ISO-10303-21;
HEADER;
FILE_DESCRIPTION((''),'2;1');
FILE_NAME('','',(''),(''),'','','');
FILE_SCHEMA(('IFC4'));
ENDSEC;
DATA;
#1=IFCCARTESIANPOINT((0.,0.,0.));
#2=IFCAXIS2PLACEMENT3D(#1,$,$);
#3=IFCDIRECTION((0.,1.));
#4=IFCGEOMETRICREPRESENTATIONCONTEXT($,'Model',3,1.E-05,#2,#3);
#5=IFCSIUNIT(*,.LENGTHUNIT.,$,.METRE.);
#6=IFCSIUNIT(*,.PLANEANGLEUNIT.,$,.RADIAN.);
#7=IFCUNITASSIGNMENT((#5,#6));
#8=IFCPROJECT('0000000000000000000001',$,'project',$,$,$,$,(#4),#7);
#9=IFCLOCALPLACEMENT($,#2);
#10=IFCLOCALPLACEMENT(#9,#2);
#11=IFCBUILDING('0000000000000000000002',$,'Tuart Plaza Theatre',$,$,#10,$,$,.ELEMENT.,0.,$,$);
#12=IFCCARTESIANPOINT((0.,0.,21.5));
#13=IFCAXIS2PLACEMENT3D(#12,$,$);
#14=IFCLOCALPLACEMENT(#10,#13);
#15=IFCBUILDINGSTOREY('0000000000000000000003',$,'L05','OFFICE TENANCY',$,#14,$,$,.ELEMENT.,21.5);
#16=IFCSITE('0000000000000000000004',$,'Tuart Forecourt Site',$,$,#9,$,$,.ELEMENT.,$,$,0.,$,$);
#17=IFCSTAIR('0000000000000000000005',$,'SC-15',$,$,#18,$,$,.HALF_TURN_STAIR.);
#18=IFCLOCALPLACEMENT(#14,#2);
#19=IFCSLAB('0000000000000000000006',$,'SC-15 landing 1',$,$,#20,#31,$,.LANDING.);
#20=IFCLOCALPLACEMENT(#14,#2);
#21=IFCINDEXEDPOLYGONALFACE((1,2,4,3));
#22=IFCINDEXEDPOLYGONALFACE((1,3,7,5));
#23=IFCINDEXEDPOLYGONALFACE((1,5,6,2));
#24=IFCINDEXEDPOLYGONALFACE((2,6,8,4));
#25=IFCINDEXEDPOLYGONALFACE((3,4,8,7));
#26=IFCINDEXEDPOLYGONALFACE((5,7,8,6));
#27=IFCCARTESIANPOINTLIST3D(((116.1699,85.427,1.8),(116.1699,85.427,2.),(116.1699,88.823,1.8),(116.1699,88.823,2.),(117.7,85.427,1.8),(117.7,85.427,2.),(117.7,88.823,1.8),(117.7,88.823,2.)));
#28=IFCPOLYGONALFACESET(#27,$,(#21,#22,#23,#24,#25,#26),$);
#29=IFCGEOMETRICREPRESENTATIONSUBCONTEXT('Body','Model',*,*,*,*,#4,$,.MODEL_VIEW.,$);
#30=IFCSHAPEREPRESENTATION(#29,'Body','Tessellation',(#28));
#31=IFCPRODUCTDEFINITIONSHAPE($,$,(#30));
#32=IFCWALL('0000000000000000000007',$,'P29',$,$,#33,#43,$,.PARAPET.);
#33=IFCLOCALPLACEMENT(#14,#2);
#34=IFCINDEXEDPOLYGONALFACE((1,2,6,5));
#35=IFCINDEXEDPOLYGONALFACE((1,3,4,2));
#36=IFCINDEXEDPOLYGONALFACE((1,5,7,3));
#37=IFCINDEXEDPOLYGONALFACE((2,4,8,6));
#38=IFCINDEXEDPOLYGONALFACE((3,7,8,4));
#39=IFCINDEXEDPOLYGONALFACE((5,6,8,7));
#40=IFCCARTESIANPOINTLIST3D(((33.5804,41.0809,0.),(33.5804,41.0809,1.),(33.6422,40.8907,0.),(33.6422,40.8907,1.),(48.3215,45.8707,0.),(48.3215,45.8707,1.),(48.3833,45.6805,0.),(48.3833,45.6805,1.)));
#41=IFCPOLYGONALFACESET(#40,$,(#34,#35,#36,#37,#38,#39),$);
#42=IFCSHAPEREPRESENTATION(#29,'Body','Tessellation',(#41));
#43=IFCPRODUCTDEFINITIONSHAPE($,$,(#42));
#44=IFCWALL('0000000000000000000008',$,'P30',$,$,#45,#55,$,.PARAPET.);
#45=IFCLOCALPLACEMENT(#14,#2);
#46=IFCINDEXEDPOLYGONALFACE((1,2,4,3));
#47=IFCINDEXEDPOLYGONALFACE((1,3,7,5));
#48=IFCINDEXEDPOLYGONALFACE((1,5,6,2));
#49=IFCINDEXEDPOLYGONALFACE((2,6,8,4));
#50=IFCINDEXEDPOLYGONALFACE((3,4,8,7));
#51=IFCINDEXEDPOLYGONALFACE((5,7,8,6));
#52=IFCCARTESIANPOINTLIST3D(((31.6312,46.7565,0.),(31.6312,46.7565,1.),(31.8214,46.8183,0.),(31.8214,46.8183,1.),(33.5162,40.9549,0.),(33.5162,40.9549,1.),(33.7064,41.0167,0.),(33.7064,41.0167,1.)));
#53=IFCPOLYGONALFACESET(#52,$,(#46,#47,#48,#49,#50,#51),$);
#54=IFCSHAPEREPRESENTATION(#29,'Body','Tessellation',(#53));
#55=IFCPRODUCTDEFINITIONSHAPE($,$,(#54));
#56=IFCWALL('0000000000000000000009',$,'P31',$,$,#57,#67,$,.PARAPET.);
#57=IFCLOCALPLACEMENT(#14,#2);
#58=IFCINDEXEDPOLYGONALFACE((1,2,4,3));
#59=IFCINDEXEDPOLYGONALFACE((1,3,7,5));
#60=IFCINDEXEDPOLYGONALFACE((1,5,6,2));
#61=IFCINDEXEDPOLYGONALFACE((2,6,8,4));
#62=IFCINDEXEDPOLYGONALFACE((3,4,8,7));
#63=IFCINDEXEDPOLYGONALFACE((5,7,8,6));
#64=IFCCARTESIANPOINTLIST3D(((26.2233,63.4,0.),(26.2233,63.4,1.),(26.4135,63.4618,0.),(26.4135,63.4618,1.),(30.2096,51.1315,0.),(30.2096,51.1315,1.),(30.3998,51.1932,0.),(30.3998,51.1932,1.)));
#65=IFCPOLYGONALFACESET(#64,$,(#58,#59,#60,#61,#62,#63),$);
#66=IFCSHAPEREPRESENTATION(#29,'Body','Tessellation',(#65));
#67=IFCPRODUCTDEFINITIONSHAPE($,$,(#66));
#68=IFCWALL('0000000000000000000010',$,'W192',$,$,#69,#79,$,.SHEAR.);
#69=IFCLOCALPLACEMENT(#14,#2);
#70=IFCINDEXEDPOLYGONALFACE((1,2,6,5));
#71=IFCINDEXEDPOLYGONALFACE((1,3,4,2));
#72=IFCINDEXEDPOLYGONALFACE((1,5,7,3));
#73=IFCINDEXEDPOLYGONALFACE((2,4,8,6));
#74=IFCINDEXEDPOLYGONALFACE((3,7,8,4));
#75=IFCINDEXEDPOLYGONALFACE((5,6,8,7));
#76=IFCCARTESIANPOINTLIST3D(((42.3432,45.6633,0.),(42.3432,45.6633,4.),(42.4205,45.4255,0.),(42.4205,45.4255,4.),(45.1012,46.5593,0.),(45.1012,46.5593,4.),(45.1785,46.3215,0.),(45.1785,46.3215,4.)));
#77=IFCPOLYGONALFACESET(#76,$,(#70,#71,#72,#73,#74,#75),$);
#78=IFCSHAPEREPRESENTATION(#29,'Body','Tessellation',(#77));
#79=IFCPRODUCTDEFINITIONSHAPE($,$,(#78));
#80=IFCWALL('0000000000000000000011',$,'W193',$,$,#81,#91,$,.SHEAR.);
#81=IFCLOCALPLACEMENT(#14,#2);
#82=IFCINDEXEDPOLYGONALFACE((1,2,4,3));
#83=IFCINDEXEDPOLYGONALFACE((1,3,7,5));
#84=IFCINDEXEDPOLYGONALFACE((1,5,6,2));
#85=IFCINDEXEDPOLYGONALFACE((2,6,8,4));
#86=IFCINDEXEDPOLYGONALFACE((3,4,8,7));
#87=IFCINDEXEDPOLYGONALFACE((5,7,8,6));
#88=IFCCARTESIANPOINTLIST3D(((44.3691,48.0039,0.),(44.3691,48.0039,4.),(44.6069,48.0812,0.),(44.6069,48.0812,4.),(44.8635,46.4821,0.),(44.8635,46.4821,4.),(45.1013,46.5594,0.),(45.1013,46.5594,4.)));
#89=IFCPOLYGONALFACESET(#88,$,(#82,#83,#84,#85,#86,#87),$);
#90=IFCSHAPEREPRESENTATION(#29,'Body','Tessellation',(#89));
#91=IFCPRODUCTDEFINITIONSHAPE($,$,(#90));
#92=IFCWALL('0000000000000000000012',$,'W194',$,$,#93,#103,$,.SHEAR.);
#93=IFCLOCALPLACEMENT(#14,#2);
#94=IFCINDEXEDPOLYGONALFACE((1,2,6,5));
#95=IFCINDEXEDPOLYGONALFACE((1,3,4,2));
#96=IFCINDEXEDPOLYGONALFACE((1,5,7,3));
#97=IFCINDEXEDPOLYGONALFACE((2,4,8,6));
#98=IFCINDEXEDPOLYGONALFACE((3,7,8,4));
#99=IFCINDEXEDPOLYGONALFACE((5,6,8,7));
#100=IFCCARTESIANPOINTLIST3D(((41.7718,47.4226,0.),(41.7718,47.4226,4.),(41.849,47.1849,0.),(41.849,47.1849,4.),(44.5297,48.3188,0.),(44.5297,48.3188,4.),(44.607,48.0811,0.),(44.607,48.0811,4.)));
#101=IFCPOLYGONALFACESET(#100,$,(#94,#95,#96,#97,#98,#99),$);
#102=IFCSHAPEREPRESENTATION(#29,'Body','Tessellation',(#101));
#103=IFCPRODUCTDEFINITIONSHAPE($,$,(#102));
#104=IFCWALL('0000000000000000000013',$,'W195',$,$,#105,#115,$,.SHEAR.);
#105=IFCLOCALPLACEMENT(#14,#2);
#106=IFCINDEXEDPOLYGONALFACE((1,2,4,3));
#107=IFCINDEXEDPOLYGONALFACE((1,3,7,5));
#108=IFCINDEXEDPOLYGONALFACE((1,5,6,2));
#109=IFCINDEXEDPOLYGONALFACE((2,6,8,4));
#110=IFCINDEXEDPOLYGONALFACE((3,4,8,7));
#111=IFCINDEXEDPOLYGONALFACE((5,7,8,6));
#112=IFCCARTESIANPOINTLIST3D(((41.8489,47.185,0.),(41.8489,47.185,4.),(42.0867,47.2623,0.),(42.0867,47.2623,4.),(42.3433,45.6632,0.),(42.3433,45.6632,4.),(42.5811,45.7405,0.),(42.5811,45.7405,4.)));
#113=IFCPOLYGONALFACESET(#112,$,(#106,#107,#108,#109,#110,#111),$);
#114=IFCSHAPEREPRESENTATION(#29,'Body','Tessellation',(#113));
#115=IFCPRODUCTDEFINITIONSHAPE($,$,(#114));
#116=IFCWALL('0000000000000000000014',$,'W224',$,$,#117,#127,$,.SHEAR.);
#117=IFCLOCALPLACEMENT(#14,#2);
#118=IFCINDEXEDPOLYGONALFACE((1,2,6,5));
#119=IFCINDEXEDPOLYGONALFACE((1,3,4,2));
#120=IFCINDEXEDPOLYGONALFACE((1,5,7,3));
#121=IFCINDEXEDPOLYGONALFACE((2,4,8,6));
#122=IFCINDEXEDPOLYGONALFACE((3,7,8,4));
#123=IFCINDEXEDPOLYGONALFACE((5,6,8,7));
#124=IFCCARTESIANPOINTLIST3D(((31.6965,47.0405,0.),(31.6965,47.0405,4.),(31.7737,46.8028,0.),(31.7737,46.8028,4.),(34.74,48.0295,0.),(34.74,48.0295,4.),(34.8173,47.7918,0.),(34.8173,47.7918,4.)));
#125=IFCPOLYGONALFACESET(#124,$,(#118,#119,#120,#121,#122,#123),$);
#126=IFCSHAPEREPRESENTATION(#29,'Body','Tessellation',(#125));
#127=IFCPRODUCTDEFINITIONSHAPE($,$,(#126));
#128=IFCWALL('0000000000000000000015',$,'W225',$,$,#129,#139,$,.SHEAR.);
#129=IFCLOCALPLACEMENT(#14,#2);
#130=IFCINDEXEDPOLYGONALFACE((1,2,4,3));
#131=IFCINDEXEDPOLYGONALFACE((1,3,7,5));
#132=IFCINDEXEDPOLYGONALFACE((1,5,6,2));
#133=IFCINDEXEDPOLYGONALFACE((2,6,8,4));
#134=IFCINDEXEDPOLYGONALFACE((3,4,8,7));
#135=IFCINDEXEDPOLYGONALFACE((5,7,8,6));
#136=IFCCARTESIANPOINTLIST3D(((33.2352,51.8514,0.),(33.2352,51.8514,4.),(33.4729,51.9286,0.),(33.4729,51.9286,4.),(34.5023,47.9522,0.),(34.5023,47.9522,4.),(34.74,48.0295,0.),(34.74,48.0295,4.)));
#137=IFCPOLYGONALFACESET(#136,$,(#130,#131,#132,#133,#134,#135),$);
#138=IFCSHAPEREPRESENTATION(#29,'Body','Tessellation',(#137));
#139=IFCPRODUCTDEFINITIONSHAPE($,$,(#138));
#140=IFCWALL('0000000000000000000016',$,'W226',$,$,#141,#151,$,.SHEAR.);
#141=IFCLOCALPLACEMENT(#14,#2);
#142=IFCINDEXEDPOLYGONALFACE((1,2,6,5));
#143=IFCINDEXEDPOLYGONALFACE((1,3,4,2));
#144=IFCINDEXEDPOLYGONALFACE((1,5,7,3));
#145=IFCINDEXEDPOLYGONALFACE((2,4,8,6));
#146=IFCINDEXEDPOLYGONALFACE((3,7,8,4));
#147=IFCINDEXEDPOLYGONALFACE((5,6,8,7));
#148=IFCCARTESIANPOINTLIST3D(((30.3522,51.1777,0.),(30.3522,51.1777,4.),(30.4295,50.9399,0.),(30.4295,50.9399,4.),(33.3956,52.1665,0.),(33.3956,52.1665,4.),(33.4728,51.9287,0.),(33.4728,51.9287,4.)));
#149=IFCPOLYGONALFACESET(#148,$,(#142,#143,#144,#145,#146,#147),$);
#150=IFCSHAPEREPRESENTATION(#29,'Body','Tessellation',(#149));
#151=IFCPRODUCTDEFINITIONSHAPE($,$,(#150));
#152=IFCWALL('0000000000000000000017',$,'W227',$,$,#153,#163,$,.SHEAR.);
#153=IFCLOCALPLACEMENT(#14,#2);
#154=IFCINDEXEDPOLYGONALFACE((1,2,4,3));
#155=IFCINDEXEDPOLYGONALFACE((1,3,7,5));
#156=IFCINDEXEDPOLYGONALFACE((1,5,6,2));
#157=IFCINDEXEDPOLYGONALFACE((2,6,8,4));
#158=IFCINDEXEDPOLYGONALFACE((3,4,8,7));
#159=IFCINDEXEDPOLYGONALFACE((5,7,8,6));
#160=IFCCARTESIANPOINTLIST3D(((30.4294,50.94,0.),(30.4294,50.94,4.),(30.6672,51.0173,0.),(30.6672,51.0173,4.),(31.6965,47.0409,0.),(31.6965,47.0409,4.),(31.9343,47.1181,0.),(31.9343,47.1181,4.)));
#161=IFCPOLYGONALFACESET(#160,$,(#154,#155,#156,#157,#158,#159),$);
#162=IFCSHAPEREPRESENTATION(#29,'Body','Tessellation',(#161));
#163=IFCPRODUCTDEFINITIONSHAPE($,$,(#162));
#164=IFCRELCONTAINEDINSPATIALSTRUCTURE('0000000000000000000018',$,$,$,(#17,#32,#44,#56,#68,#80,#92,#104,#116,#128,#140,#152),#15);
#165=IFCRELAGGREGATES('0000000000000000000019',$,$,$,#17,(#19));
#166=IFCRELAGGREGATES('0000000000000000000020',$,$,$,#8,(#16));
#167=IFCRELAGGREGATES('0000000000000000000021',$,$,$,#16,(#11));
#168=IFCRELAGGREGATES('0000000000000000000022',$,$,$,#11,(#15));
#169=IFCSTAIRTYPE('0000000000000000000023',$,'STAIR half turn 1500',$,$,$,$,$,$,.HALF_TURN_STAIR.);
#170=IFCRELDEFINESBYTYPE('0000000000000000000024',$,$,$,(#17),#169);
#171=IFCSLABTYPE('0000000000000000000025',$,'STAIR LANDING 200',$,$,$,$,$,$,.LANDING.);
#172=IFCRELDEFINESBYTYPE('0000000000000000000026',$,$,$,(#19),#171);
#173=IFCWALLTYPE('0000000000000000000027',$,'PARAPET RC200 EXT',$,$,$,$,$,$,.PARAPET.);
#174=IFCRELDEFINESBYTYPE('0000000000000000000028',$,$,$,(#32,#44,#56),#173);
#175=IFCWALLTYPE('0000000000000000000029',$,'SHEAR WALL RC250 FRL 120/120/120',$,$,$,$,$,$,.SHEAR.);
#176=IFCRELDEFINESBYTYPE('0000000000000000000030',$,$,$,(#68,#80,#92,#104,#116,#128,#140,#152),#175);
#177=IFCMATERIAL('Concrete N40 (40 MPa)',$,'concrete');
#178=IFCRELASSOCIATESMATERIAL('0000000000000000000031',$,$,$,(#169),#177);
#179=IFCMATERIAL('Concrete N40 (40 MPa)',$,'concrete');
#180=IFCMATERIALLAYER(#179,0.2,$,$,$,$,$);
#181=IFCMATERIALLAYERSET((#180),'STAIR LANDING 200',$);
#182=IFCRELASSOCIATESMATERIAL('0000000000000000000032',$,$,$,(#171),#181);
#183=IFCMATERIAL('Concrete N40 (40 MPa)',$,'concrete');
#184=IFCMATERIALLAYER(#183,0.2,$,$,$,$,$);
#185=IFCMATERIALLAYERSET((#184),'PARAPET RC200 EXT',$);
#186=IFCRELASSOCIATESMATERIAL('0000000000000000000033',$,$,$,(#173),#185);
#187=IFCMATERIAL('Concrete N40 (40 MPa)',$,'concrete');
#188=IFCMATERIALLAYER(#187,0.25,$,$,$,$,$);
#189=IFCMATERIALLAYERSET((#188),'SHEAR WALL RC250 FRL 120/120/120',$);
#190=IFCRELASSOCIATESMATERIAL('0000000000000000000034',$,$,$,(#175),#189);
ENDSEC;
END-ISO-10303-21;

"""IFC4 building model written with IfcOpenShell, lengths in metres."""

from ifc_helpers import new_model, si_unit, direction, frame, frame_2d, origin, place, context, subcontext, project, spatial, polyline, rectangle, outline, extrude, material, layer, layer_set, type_object, element, aggregate, save


model = new_model("IFC4")

# Units and contexts
model_context = context("Model", 3, precision=1e-05, world=origin(), true_north=direction((0.0, 1.0)))
body_context = subcontext(model_context, "Body", "Model", "MODEL_VIEW")
ifc_project = project(units=[si_unit("LENGTHUNIT", "METRE"), si_unit("PLANEANGLEUNIT", "RADIAN")], contexts=[model_context])

# Site, building, storey
site_placement = place(None, origin())
site = spatial("IfcSite", under=ifc_project, at=site_placement, Name="Tuart Forecourt Site", CompositionType="ELEMENT", RefElevation=0.0)
building_placement = place(site_placement, origin())
building = spatial("IfcBuilding", under=site, at=building_placement, Name="Tuart Plaza Theatre", CompositionType="ELEMENT", ElevationOfRefHeight=0.0)
storey_placement = place(building_placement, frame((0.0, 0.0, 21.5)))
storey = spatial("IfcBuildingStorey", under=building, at=storey_placement, Name="L05", Description="OFFICE TENANCY", CompositionType="ELEMENT", Elevation=21.5)

# Stair, slab
ifc_material_1 = material(Name="Concrete N40 (40 MPa)", Category="concrete")
stair_type = type_object("IfcStairType", Name="STAIR half turn 1500", PredefinedType="HALF_TURN_STAIR", material=ifc_material_1)
ifc_material_2 = material(Name="Concrete N40 (40 MPa)", Category="concrete")
ifc_layer_1 = layer(ifc_material_2, 0.2)
ifc_layer_set_1 = layer_set([ifc_layer_1], Name="STAIR LANDING 200")
slab_type_1 = type_object("IfcSlabType", Name="STAIR LANDING 200", PredefinedType="LANDING", material=ifc_layer_set_1)
stair_1_placement = place(storey_placement, origin())
stair_1 = element("IfcStair", 1, at=stair_1_placement, inside=storey, type_object=stair_type, Name="SC-15", PredefinedType="HALF_TURN_STAIR")
slab_1_placement = place(storey_placement, frame((0.0, 0.0, 1.8)))
slab_1 = element("IfcSlab", 2, at=slab_1_placement, type_object=slab_type_1, Name="SC-15 landing 1", PredefinedType="LANDING", context=body_context, shape_type="SweptSolid", body=[
    extrude(outline(polyline([(117.7, 88.823), (116.1699, 88.823), (116.1699, 85.427), (117.7, 85.427), (117.7, 88.823)])), origin(), (0.0, 0.0, 1.0), 0.2),
])
aggregate(stair_1, [slab_1])

# Walls
ifc_material_3 = material(Name="Concrete N40 (40 MPa)", Category="concrete")
ifc_layer_2 = layer(ifc_material_3, 0.2)
ifc_layer_set_2 = layer_set([ifc_layer_2], Name="PARAPET RC200 EXT")
wall_type_1 = type_object("IfcWallType", Name="PARAPET RC200 EXT", PredefinedType="PARAPET", material=ifc_layer_set_2)
wall_1_placement = place(storey_placement, frame((48.3525, 45.7756, 0.0), z_axis=(0.0, 0.0, 1.0), x_axis=(-0.951055, -0.309022, 0.0)))
element("IfcWall", 3, at=wall_1_placement, inside=storey, type_object=wall_type_1, Name="P29", PredefinedType="PARAPET", context=body_context, shape_type="SweptSolid", body=[
    extrude(rectangle(XDim=15.4998, YDim=0.2, at=frame_2d((7.75, 0.0))), origin(), (0.0, 0.0, 1.0), 1.0),
])
wall_2_placement = place(storey_placement, frame((33.6113, 40.9858, 0.0), z_axis=(0.0, 0.0, 1.0), x_axis=(-0.309015, 0.951057, 0.0)))
element("IfcWall", 4, at=wall_2_placement, inside=storey, type_object=wall_type_1, Name="P30", PredefinedType="PARAPET", context=body_context, shape_type="SweptSolid", body=[
    extrude(rectangle(XDim=6.1001, YDim=0.2, at=frame_2d((3.05, 0.0))), origin(), (0.0, 0.0, 1.0), 1.0),
])
wall_3_placement = place(storey_placement, frame((30.3047, 51.1624, 0.0), z_axis=(0.0, 0.0, 1.0), x_axis=(-0.309019, 0.951056, 0.0)))
element("IfcWall", 5, at=wall_3_placement, inside=storey, type_object=wall_type_1, Name="P31", PredefinedType="PARAPET", context=body_context, shape_type="SweptSolid", body=[
    extrude(rectangle(XDim=12.8999, YDim=0.2, at=frame_2d((6.45, 0.0))), origin(), (0.0, 0.0, 1.0), 1.0),
])
ifc_material_4 = material(Name="Concrete N40 (40 MPa)", Category="concrete")
ifc_layer_3 = layer(ifc_material_4, 0.25)
ifc_layer_set_3 = layer_set([ifc_layer_3], Name="SHEAR WALL RC250 FRL 120/120/120")
wall_type_2 = type_object("IfcWallType", Name="SHEAR WALL RC250 FRL 120/120/120", PredefinedType="SHEAR", material=ifc_layer_set_3)
wall_4_placement = place(storey_placement, frame((42.3818, 45.5444, 0.0), z_axis=(0.0, 0.0, 1.0), x_axis=(0.951072, 0.30897, 0.0)))
element("IfcWall", 6, at=wall_4_placement, inside=storey, type_object=wall_type_2, Name="W192", PredefinedType="SHEAR", context=body_context, shape_type="SweptSolid", body=[
    extrude(rectangle(XDim=2.8999, YDim=0.25, at=frame_2d((1.45, 0.0))), origin(), (0.0, 0.0, 1.0), 4.0),
])
wall_5_placement = place(storey_placement, frame((44.9824, 46.5208, 0.0), z_axis=(0.0, 0.0, 1.0), x_axis=(-0.308986, 0.951067, 0.0)))
element("IfcWall", 7, at=wall_5_placement, inside=storey, type_object=wall_type_2, Name="W193", PredefinedType="SHEAR", context=body_context, shape_type="SweptSolid", body=[
    extrude(rectangle(XDim=1.6001, YDim=0.25, at=frame_2d((0.8, 0.0))), origin(), (0.0, 0.0, 1.0), 4.0),
])
wall_6_placement = place(storey_placement, frame((44.5684, 48.2, 0.0), z_axis=(0.0, 0.0, 1.0), x_axis=(-0.951047, -0.309046, 0.0)))
element("IfcWall", 8, at=wall_6_placement, inside=storey, type_object=wall_type_2, Name="W194", PredefinedType="SHEAR", context=body_context, shape_type="SweptSolid", body=[
    extrude(rectangle(XDim=2.8999, YDim=0.25, at=frame_2d((1.45, 0.0))), origin(), (0.0, 0.0, 1.0), 4.0),
])
wall_7_placement = place(storey_placement, frame((41.9678, 47.2236, 0.0), z_axis=(0.0, 0.0, 1.0), x_axis=(0.308986, -0.951067, 0.0)))
element("IfcWall", 9, at=wall_7_placement, inside=storey, type_object=wall_type_2, Name="W195", PredefinedType="SHEAR", context=body_context, shape_type="SweptSolid", body=[
    extrude(rectangle(XDim=1.6001, YDim=0.25, at=frame_2d((0.8, 0.0))), origin(), (0.0, 0.0, 1.0), 4.0),
])
wall_8_placement = place(storey_placement, frame((31.7351, 46.9216, 0.0), z_axis=(0.0, 0.0, 1.0), x_axis=(0.951044, 0.309055, 0.0)))
element("IfcWall", 10, at=wall_8_placement, inside=storey, type_object=wall_type_2, Name="W224", PredefinedType="SHEAR", context=body_context, shape_type="SweptSolid", body=[
    extrude(rectangle(XDim=3.2002, YDim=0.25, at=frame_2d((1.6001, 0.0))), origin(), (0.0, 0.0, 1.0), 4.0),
])
wall_9_placement = place(storey_placement, frame((34.6211, 47.991, 0.0), z_axis=(0.0, 0.0, 1.0), x_axis=(-0.309055, 0.951044, 0.0)))
element("IfcWall", 11, at=wall_9_placement, inside=storey, type_object=wall_type_2, Name="W225", PredefinedType="SHEAR", context=body_context, shape_type="SweptSolid", body=[
    extrude(rectangle(XDim=4.0999, YDim=0.25, at=frame_2d((2.0498, 0.0))), origin(), (0.0, 0.0, 1.0), 4.0),
])
wall_10_placement = place(storey_placement, frame((33.4343, 52.0476, 0.0), z_axis=(0.0, 0.0, 1.0), x_axis=(-0.951067, -0.308986, 0.0)))
element("IfcWall", 12, at=wall_10_placement, inside=storey, type_object=wall_type_2, Name="W226", PredefinedType="SHEAR", context=body_context, shape_type="SweptSolid", body=[
    extrude(rectangle(XDim=3.2, YDim=0.25, at=frame_2d((1.6001, 0.0))), origin(), (0.0, 0.0, 1.0), 4.0),
])
wall_11_placement = place(storey_placement, frame((30.5483, 50.9785, 0.0), z_axis=(0.0, 0.0, 1.0), x_axis=(0.309055, -0.951044, 0.0)))
element("IfcWall", 13, at=wall_11_placement, inside=storey, type_object=wall_type_2, Name="W227", PredefinedType="SHEAR", context=body_context, shape_type="SweptSolid", body=[
    extrude(rectangle(XDim=4.0999, YDim=0.25, at=frame_2d((2.0498, 0.0))), origin(), (0.0, 0.0, 1.0), 4.0),
])

save(model, "model.ifc")
